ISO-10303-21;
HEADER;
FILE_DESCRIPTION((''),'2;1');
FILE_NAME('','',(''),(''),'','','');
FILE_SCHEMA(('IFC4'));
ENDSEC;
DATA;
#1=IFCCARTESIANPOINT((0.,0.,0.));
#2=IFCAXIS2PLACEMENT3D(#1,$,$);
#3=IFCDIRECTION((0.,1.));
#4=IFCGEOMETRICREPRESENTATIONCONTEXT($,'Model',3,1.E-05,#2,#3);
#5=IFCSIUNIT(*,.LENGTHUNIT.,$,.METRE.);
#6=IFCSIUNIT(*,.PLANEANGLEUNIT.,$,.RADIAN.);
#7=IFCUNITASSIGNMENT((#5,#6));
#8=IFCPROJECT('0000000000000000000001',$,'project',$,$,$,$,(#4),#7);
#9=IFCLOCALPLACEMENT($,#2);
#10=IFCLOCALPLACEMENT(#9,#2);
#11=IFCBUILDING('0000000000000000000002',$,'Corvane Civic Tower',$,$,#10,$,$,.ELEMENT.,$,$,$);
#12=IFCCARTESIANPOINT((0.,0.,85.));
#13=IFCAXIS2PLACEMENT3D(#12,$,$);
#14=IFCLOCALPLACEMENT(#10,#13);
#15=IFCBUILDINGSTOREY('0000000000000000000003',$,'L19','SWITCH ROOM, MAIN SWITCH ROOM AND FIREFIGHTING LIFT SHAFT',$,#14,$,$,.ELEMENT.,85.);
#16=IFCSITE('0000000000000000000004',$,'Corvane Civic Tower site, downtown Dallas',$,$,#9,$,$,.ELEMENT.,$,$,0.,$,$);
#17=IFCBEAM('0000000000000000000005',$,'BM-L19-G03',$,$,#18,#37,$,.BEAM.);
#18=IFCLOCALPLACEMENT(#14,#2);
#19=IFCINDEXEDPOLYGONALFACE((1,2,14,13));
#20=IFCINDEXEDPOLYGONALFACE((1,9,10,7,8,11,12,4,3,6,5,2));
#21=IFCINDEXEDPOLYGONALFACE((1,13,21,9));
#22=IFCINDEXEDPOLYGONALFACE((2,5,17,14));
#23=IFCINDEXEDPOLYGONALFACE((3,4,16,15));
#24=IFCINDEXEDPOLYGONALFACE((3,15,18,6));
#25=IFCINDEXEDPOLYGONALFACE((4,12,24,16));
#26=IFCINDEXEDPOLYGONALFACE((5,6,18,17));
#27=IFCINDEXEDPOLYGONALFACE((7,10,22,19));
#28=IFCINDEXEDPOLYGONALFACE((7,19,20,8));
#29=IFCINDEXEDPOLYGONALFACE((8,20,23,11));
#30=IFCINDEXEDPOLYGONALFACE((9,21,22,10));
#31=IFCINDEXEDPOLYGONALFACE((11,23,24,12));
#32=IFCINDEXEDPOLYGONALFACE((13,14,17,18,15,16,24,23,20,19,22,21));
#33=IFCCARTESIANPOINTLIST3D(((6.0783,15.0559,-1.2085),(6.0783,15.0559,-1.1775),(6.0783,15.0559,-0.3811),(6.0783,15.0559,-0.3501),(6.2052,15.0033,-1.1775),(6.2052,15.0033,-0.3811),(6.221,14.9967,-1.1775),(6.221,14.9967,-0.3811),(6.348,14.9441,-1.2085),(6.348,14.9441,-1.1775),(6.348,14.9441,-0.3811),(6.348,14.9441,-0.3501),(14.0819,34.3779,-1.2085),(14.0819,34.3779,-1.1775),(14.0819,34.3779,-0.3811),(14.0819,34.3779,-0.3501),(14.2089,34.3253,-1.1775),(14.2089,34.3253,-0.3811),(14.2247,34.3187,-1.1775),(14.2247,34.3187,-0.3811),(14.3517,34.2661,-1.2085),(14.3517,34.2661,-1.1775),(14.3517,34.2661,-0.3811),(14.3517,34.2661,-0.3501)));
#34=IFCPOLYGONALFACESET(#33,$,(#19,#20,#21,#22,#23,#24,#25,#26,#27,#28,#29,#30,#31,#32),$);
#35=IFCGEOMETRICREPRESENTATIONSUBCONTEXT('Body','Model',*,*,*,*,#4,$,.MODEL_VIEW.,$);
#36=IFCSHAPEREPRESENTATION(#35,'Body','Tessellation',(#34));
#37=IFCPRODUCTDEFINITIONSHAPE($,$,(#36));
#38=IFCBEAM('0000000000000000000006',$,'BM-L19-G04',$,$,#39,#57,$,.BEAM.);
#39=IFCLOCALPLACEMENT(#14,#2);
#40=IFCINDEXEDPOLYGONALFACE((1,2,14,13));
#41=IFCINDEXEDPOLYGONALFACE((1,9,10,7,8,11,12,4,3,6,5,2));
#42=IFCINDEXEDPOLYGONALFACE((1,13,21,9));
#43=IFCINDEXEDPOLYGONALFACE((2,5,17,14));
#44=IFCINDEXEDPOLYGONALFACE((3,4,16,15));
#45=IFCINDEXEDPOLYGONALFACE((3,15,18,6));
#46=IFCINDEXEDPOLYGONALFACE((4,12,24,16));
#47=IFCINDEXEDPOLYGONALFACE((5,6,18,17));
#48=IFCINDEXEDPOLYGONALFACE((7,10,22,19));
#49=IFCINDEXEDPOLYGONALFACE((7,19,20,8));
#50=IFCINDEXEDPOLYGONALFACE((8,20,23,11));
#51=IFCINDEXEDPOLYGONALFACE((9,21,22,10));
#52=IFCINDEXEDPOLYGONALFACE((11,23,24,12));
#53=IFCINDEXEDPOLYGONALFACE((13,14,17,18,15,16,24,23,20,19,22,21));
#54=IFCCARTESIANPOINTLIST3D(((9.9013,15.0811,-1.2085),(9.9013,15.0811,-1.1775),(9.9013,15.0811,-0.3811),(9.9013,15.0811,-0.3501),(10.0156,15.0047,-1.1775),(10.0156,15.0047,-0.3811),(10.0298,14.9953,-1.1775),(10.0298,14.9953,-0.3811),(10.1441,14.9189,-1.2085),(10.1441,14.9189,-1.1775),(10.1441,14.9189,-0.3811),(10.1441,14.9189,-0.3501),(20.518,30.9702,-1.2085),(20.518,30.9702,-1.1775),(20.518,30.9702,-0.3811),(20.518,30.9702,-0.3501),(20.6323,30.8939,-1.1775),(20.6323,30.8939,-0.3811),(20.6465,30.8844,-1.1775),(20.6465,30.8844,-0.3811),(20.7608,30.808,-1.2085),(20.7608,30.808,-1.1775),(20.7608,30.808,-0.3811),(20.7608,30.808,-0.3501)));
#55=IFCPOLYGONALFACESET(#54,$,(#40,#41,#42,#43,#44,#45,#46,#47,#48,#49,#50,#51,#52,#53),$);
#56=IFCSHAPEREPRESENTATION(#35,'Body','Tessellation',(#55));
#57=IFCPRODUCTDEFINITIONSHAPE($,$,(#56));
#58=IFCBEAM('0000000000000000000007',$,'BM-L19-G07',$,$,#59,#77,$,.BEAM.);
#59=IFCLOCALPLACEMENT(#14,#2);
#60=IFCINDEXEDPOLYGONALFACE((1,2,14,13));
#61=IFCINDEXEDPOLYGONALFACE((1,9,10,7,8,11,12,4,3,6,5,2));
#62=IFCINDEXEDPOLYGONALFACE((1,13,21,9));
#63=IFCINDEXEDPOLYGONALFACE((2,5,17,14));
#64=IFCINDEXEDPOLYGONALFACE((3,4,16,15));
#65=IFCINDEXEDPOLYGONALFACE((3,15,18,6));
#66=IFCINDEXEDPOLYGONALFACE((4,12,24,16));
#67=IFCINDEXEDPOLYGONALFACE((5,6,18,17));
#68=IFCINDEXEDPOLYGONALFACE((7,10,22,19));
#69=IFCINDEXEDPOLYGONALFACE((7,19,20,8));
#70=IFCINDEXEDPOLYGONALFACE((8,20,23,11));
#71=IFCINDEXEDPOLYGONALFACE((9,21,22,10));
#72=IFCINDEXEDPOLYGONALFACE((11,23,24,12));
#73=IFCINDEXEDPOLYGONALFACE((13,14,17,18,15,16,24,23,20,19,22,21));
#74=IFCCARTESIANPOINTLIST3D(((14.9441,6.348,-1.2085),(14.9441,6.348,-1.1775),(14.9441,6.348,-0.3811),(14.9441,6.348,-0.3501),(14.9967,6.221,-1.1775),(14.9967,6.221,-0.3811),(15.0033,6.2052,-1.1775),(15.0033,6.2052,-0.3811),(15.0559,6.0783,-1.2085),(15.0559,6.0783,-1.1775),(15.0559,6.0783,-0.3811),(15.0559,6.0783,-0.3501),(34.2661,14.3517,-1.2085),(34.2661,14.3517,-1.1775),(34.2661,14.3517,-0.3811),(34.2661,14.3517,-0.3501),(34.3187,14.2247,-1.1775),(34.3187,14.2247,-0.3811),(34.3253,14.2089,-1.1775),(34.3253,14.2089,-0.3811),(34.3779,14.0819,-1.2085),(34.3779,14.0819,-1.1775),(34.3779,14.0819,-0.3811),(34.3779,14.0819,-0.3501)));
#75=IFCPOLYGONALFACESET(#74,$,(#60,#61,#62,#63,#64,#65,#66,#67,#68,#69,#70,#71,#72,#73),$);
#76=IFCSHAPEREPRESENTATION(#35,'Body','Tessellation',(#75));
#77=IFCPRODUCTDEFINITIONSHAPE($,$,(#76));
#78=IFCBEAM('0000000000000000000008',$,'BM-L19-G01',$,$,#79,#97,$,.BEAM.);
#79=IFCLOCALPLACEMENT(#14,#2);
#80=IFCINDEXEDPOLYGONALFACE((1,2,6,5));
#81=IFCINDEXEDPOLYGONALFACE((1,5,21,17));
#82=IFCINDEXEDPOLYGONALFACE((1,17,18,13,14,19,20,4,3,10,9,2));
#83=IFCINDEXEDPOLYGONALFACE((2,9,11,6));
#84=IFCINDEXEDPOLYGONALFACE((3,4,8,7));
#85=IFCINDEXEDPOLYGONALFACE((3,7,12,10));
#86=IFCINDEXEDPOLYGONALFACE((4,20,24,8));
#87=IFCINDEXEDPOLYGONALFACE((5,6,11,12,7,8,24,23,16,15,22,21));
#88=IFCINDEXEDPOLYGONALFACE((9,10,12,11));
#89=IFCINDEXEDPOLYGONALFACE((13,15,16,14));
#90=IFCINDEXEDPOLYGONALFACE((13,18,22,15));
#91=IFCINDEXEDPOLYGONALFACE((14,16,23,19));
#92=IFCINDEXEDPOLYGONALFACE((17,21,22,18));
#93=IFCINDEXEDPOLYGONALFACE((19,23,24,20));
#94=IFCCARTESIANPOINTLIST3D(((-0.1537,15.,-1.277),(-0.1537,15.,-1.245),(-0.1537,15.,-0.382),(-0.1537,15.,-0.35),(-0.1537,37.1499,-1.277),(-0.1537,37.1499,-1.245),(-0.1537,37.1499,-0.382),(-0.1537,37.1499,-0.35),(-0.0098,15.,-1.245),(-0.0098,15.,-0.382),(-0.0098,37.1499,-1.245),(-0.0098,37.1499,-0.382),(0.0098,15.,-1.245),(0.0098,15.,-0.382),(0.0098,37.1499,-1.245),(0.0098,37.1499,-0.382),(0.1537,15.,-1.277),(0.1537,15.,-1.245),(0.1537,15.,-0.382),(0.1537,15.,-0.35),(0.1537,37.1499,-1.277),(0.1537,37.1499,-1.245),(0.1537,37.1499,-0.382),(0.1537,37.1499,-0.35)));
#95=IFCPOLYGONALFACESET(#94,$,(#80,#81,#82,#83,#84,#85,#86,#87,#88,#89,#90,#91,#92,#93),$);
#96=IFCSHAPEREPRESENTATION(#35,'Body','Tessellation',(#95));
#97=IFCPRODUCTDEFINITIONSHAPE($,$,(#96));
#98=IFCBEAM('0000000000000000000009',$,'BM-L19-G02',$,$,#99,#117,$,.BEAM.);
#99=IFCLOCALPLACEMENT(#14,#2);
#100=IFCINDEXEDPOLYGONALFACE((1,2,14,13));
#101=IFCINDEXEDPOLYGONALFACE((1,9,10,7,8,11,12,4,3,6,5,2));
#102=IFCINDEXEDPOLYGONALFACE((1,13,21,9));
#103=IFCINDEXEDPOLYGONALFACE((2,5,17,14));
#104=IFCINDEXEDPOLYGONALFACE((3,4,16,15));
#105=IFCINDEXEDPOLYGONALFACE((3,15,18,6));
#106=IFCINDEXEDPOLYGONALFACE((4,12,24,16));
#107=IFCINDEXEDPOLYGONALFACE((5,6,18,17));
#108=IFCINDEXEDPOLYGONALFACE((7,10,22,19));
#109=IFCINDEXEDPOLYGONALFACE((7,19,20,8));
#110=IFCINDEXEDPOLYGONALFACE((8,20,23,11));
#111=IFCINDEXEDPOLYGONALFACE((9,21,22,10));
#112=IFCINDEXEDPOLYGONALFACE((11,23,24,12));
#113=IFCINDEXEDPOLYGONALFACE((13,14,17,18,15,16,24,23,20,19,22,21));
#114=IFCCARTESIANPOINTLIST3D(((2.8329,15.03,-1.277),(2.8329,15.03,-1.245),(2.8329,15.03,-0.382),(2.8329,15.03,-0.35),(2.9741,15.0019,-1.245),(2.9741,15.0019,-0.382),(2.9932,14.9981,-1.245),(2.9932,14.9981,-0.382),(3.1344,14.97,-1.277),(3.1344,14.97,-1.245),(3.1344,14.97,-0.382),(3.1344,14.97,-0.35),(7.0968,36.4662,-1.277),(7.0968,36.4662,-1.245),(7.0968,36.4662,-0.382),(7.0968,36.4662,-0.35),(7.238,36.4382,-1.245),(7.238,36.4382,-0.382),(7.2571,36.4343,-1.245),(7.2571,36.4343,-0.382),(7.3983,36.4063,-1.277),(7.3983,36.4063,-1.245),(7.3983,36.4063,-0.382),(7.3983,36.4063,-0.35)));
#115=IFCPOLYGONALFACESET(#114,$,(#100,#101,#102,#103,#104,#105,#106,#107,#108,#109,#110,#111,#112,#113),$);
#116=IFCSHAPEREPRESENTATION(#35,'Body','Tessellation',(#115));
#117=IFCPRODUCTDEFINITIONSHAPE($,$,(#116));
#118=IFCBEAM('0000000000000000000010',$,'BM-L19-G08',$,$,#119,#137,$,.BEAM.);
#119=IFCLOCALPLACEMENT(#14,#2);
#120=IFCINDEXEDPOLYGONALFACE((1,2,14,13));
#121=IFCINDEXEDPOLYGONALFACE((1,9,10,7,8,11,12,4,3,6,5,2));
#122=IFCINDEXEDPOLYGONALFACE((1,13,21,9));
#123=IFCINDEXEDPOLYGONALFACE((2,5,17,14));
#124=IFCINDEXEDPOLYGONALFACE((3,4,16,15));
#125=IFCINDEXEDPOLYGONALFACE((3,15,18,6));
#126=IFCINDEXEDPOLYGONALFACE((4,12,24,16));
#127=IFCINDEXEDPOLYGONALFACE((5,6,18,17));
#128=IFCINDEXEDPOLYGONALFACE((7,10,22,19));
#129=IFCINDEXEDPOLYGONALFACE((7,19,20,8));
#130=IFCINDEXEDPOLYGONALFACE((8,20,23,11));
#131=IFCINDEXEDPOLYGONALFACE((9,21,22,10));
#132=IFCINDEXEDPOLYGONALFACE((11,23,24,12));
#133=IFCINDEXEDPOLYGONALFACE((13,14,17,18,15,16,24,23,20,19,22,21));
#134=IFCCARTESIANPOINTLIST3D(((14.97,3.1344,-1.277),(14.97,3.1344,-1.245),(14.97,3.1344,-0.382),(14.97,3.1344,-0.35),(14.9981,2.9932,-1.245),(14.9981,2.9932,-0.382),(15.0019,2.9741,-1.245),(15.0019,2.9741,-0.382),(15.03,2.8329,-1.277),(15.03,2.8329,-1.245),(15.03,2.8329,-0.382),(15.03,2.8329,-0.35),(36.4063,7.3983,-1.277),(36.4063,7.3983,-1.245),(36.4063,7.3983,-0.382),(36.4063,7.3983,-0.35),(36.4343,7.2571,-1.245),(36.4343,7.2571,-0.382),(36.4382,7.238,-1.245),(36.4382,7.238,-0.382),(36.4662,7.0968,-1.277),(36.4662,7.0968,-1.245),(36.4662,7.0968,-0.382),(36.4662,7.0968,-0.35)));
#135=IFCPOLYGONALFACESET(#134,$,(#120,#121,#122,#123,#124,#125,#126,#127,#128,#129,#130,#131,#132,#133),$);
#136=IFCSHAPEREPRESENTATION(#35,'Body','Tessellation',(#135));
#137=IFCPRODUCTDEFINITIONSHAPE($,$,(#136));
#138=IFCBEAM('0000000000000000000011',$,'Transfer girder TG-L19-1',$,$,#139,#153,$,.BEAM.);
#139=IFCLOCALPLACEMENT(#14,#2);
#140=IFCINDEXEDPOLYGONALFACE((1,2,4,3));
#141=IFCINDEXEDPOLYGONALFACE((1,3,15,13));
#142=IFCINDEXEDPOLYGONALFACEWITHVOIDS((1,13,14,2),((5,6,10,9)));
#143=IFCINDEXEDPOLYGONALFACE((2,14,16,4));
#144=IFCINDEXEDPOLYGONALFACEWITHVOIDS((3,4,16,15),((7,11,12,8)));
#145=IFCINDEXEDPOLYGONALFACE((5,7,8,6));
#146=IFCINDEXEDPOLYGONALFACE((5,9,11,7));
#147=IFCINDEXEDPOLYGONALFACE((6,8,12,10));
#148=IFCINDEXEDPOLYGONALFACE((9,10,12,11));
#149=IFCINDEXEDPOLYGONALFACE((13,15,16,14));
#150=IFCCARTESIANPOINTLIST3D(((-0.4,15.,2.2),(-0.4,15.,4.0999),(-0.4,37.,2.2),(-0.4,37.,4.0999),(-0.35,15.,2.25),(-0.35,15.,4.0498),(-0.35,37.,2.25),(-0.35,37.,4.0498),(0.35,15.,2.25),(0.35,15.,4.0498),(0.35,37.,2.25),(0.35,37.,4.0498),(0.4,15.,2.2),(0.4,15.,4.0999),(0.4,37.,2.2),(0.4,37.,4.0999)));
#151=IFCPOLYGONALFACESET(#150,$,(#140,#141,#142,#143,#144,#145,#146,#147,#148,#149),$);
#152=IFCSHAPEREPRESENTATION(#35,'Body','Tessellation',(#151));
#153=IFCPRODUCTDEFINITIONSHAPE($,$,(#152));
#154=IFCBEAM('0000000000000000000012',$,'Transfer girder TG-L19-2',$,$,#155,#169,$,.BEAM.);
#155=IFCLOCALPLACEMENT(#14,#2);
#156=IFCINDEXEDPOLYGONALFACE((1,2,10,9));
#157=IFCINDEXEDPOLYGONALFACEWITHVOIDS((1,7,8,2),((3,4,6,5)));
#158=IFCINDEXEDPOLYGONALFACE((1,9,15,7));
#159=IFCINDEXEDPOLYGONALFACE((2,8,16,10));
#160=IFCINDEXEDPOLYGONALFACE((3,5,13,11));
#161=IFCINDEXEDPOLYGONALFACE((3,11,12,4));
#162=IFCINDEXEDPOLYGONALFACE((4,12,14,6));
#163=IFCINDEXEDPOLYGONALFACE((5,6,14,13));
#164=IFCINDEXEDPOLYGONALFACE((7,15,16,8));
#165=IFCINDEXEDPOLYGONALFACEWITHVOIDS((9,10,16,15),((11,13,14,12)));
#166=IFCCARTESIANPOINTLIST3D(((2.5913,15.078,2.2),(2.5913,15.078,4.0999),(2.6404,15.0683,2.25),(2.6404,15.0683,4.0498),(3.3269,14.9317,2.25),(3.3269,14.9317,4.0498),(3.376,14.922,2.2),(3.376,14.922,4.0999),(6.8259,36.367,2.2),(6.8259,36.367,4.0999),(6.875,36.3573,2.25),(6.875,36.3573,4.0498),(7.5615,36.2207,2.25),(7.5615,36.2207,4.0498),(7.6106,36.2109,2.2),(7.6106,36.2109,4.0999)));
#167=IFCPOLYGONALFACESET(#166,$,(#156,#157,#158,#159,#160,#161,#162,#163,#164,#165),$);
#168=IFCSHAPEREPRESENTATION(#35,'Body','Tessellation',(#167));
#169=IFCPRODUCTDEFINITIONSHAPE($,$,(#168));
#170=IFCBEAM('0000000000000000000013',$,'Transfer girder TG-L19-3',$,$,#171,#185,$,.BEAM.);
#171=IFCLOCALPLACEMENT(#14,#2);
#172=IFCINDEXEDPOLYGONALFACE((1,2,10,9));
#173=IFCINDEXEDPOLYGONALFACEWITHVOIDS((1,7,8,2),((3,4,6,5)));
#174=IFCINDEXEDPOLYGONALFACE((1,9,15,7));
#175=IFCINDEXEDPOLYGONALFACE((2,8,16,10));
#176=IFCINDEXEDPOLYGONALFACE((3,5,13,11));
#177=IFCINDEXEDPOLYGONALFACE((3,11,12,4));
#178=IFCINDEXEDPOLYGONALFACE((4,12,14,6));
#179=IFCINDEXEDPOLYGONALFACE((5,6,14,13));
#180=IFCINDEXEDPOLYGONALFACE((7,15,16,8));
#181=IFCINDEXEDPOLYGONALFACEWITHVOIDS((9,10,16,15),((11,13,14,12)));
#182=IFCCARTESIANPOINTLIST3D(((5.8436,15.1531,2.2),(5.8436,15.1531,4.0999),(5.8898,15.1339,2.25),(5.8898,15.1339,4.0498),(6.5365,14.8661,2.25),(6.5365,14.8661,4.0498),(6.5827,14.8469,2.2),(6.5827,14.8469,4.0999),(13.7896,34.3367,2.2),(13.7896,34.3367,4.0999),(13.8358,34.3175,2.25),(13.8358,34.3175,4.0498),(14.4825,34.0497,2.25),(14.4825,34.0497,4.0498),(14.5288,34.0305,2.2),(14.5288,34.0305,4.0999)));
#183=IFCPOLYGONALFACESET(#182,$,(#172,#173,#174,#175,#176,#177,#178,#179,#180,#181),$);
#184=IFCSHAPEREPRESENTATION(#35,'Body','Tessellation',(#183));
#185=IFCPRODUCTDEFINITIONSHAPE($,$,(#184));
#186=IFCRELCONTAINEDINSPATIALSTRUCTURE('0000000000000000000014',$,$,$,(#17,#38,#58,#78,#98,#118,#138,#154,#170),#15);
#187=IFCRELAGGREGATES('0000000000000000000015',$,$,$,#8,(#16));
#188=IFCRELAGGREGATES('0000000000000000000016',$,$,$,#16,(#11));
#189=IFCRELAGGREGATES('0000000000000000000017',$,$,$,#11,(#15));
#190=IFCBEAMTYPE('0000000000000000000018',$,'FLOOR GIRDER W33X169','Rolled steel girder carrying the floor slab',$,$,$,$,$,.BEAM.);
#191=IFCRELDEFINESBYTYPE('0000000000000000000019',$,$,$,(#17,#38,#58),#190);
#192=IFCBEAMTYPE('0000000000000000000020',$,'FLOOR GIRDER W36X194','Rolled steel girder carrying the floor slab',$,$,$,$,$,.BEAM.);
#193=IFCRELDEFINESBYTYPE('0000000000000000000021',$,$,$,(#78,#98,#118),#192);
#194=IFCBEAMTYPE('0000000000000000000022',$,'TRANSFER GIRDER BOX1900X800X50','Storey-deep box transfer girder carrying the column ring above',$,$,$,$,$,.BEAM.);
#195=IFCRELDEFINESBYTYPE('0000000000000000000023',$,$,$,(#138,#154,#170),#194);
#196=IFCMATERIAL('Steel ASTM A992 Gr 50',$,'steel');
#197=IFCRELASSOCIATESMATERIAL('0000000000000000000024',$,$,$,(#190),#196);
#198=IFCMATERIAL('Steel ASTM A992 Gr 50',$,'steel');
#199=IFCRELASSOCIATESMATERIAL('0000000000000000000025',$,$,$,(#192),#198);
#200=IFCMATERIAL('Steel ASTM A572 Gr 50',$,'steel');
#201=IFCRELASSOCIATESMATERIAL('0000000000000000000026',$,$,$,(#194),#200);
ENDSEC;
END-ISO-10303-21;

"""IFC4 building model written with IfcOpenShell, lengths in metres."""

from ifc_helpers import new_model, si_unit, direction, frame, origin, origin_2d, place, context, subcontext, project, spatial, hollow_rectangle, i_section, extrude, material, material_profile, profile_set, type_object, element, save


model = new_model("IFC4")

# Units and contexts
model_context = context("Model", 3, precision=1e-05, world=origin(), true_north=direction((0.0, 1.0)))
body_context = subcontext(model_context, "Body", "Model", "MODEL_VIEW")
ifc_project = project(units=[si_unit("LENGTHUNIT", "METRE"), si_unit("PLANEANGLEUNIT", "RADIAN")], contexts=[model_context])

# Site, building, storey
site_placement = place(None, origin())
site = spatial("IfcSite", under=ifc_project, at=site_placement, Name="Corvane Civic Tower site, downtown Dallas", CompositionType="ELEMENT", RefElevation=0.0)
building_placement = place(site_placement, origin())
building = spatial("IfcBuilding", under=site, at=building_placement, Name="Corvane Civic Tower", CompositionType="ELEMENT")
storey_placement = place(building_placement, frame((0.0, 0.0, 85.0)))
storey = spatial("IfcBuildingStorey", under=building, at=storey_placement, Name="L19", Description="SWITCH ROOM, MAIN SWITCH ROOM AND FIREFIGHTING LIFT SHAFT", CompositionType="ELEMENT", Elevation=85.0)

# Beams
ifc_material_1 = material(Name="Steel ASTM A992 Gr 50", Category="steel")
ifc_material_profile_1 = material_profile(ifc_material_1, i_section(OverallWidth=0.292, OverallDepth=0.8584, WebThickness=0.0171, FlangeThickness=0.031, at=origin_2d()), Name="W33X169")
ifc_profile_set_1 = profile_set([ifc_material_profile_1], Name="Steel ASTM A992 Gr 50")
beam_type_1 = type_object("IfcBeamType", Name="FLOOR GIRDER W33X169", Description="Rolled steel girder carrying the floor slab", PredefinedType="BEAM", material=ifc_profile_set_1)
beam_1_placement = place(storey_placement, frame((6.2131, 15.0, -0.7793), z_axis=(0.382692, 0.923876, 0.0), x_axis=(-0.923876, 0.382692, 0.0)))
element("IfcBeam", 1, at=beam_1_placement, inside=storey, type_object=beam_type_1, Name="BM-L19-G03", PredefinedType="BEAM", context=body_context, shape_type="SweptSolid", body=[
    extrude(i_section(OverallWidth=0.292, OverallDepth=0.8584, WebThickness=0.0171, FlangeThickness=0.031, at=origin_2d()), origin(), (0.0, 0.0, 1.0), 20.9141),
])
beam_2_placement = place(storey_placement, frame((10.0227, 15.0, -0.7793), z_axis=(0.555567, 0.831472, 0.0), x_axis=(-0.831472, 0.555567, 0.0)))
element("IfcBeam", 2, at=beam_2_placement, inside=storey, type_object=beam_type_1, Name="BM-L19-G04", PredefinedType="BEAM", context=body_context, shape_type="SweptSolid", body=[
    extrude(i_section(OverallWidth=0.292, OverallDepth=0.8584, WebThickness=0.0171, FlangeThickness=0.031, at=origin_2d()), origin(), (0.0, 0.0, 1.0), 19.1096),
])
beam_3_placement = place(storey_placement, frame((15.0, 6.2131, -0.7793), z_axis=(0.923876, 0.382692, 0.0), x_axis=(-0.382692, 0.923876, 0.0)))
element("IfcBeam", 3, at=beam_3_placement, inside=storey, type_object=beam_type_1, Name="BM-L19-G07", PredefinedType="BEAM", context=body_context, shape_type="SweptSolid", body=[
    extrude(i_section(OverallWidth=0.292, OverallDepth=0.8584, WebThickness=0.0171, FlangeThickness=0.031, at=origin_2d()), origin(), (0.0, 0.0, 1.0), 20.9141),
])
ifc_material_2 = material(Name="Steel ASTM A992 Gr 50", Category="steel")
ifc_material_profile_2 = material_profile(ifc_material_2, i_section(OverallWidth=0.3074, OverallDepth=0.927, WebThickness=0.0195, FlangeThickness=0.032, at=origin_2d()), Name="W36X194")
ifc_profile_set_2 = profile_set([ifc_material_profile_2], Name="Steel ASTM A992 Gr 50")
beam_type_2 = type_object("IfcBeamType", Name="FLOOR GIRDER W36X194", Description="Rolled steel girder carrying the floor slab", PredefinedType="BEAM", material=ifc_profile_set_2)
beam_4_placement = place(storey_placement, frame((0.0, 15.0, -0.8135), z_axis=(0.0, 1.0, 0.0), x_axis=(-1.0, 0.0, 0.0)))
element("IfcBeam", 4, at=beam_4_placement, inside=storey, type_object=beam_type_2, Name="BM-L19-G01", PredefinedType="BEAM", context=body_context, shape_type="SweptSolid", body=[
    extrude(i_section(OverallWidth=0.3074, OverallDepth=0.927, WebThickness=0.0195, FlangeThickness=0.032, at=origin_2d()), origin(), (0.0, 0.0, 1.0), 22.1499),
])
for number, where, z_axis, x_axis, name in (
    (5, (2.9836, 15.0, -0.8135), (0.195089, 0.980785, 0.0), (-0.980785, 0.195089, 0.0), "BM-L19-G02"),
    (6, (15.0, 2.9836, -0.8135), (0.980785, 0.195089, 0.0), (-0.195089, 0.980785, 0.0), "BM-L19-G08"),
):
    element("IfcBeam", number, at=place(storey_placement, frame(where, z_axis=z_axis, x_axis=x_axis)), inside=storey, type_object=beam_type_2, Name=name, PredefinedType="BEAM", context=body_context, shape_type="SweptSolid", body=[
        extrude(i_section(OverallWidth=0.3074, OverallDepth=0.927, WebThickness=0.0195, FlangeThickness=0.032, at=origin_2d()), origin(), (0.0, 0.0, 1.0), 21.8562),
    ])
ifc_material_3 = material(Name="Steel ASTM A572 Gr 50", Category="steel")
ifc_material_profile_3 = material_profile(ifc_material_3, hollow_rectangle(XDim=0.8, YDim=1.8999, WallThickness=0.05, at=origin_2d()), Name="BOX1900X800X50")
ifc_profile_set_3 = profile_set([ifc_material_profile_3], Name="Steel ASTM A572 Gr 50")
beam_type_3 = type_object("IfcBeamType", Name="TRANSFER GIRDER BOX1900X800X50", Description="Storey-deep box transfer girder carrying the column ring above", PredefinedType="BEAM", material=ifc_profile_set_3)
beam_5_placement = place(storey_placement, frame((0.0, 15.0, 3.1499), z_axis=(0.0, 1.0, 0.0), x_axis=(-1.0, 0.0, 0.0)))
element("IfcBeam", 7, at=beam_5_placement, inside=storey, type_object=beam_type_3, Name="Transfer girder TG-L19-1", PredefinedType="BEAM", context=body_context, shape_type="SweptSolid", body=[
    extrude(hollow_rectangle(XDim=0.8, YDim=1.8999, WallThickness=0.05, at=origin_2d()), origin(), (0.0, 0.0, 1.0), 22.0),
])
beam_6_placement = place(storey_placement, frame((2.9836, 15.0, 3.1499), z_axis=(0.195089, 0.980786, 0.0), x_axis=(-0.980786, 0.195089, 0.0)))
element("IfcBeam", 8, at=beam_6_placement, inside=storey, type_object=beam_type_3, Name="Transfer girder TG-L19-2", PredefinedType="BEAM", context=body_context, shape_type="SweptSolid", body=[
    extrude(hollow_rectangle(XDim=0.8, YDim=1.8999, WallThickness=0.05, at=origin_2d()), origin(), (0.0, 0.0, 1.0), 21.7061),
])
beam_7_placement = place(storey_placement, frame((6.2131, 15.0, 3.1499), z_axis=(0.382681, 0.923881, 0.0), x_axis=(-0.923881, 0.382681, 0.0)))
element("IfcBeam", 9, at=beam_7_placement, inside=storey, type_object=beam_type_3, Name="Transfer girder TG-L19-3", PredefinedType="BEAM", context=body_context, shape_type="SweptSolid", body=[
    extrude(hollow_rectangle(XDim=0.8, YDim=1.8999, WallThickness=0.05, at=origin_2d()), origin(), (0.0, 0.0, 1.0), 20.7642),
])

save(model, "model.ifc")
